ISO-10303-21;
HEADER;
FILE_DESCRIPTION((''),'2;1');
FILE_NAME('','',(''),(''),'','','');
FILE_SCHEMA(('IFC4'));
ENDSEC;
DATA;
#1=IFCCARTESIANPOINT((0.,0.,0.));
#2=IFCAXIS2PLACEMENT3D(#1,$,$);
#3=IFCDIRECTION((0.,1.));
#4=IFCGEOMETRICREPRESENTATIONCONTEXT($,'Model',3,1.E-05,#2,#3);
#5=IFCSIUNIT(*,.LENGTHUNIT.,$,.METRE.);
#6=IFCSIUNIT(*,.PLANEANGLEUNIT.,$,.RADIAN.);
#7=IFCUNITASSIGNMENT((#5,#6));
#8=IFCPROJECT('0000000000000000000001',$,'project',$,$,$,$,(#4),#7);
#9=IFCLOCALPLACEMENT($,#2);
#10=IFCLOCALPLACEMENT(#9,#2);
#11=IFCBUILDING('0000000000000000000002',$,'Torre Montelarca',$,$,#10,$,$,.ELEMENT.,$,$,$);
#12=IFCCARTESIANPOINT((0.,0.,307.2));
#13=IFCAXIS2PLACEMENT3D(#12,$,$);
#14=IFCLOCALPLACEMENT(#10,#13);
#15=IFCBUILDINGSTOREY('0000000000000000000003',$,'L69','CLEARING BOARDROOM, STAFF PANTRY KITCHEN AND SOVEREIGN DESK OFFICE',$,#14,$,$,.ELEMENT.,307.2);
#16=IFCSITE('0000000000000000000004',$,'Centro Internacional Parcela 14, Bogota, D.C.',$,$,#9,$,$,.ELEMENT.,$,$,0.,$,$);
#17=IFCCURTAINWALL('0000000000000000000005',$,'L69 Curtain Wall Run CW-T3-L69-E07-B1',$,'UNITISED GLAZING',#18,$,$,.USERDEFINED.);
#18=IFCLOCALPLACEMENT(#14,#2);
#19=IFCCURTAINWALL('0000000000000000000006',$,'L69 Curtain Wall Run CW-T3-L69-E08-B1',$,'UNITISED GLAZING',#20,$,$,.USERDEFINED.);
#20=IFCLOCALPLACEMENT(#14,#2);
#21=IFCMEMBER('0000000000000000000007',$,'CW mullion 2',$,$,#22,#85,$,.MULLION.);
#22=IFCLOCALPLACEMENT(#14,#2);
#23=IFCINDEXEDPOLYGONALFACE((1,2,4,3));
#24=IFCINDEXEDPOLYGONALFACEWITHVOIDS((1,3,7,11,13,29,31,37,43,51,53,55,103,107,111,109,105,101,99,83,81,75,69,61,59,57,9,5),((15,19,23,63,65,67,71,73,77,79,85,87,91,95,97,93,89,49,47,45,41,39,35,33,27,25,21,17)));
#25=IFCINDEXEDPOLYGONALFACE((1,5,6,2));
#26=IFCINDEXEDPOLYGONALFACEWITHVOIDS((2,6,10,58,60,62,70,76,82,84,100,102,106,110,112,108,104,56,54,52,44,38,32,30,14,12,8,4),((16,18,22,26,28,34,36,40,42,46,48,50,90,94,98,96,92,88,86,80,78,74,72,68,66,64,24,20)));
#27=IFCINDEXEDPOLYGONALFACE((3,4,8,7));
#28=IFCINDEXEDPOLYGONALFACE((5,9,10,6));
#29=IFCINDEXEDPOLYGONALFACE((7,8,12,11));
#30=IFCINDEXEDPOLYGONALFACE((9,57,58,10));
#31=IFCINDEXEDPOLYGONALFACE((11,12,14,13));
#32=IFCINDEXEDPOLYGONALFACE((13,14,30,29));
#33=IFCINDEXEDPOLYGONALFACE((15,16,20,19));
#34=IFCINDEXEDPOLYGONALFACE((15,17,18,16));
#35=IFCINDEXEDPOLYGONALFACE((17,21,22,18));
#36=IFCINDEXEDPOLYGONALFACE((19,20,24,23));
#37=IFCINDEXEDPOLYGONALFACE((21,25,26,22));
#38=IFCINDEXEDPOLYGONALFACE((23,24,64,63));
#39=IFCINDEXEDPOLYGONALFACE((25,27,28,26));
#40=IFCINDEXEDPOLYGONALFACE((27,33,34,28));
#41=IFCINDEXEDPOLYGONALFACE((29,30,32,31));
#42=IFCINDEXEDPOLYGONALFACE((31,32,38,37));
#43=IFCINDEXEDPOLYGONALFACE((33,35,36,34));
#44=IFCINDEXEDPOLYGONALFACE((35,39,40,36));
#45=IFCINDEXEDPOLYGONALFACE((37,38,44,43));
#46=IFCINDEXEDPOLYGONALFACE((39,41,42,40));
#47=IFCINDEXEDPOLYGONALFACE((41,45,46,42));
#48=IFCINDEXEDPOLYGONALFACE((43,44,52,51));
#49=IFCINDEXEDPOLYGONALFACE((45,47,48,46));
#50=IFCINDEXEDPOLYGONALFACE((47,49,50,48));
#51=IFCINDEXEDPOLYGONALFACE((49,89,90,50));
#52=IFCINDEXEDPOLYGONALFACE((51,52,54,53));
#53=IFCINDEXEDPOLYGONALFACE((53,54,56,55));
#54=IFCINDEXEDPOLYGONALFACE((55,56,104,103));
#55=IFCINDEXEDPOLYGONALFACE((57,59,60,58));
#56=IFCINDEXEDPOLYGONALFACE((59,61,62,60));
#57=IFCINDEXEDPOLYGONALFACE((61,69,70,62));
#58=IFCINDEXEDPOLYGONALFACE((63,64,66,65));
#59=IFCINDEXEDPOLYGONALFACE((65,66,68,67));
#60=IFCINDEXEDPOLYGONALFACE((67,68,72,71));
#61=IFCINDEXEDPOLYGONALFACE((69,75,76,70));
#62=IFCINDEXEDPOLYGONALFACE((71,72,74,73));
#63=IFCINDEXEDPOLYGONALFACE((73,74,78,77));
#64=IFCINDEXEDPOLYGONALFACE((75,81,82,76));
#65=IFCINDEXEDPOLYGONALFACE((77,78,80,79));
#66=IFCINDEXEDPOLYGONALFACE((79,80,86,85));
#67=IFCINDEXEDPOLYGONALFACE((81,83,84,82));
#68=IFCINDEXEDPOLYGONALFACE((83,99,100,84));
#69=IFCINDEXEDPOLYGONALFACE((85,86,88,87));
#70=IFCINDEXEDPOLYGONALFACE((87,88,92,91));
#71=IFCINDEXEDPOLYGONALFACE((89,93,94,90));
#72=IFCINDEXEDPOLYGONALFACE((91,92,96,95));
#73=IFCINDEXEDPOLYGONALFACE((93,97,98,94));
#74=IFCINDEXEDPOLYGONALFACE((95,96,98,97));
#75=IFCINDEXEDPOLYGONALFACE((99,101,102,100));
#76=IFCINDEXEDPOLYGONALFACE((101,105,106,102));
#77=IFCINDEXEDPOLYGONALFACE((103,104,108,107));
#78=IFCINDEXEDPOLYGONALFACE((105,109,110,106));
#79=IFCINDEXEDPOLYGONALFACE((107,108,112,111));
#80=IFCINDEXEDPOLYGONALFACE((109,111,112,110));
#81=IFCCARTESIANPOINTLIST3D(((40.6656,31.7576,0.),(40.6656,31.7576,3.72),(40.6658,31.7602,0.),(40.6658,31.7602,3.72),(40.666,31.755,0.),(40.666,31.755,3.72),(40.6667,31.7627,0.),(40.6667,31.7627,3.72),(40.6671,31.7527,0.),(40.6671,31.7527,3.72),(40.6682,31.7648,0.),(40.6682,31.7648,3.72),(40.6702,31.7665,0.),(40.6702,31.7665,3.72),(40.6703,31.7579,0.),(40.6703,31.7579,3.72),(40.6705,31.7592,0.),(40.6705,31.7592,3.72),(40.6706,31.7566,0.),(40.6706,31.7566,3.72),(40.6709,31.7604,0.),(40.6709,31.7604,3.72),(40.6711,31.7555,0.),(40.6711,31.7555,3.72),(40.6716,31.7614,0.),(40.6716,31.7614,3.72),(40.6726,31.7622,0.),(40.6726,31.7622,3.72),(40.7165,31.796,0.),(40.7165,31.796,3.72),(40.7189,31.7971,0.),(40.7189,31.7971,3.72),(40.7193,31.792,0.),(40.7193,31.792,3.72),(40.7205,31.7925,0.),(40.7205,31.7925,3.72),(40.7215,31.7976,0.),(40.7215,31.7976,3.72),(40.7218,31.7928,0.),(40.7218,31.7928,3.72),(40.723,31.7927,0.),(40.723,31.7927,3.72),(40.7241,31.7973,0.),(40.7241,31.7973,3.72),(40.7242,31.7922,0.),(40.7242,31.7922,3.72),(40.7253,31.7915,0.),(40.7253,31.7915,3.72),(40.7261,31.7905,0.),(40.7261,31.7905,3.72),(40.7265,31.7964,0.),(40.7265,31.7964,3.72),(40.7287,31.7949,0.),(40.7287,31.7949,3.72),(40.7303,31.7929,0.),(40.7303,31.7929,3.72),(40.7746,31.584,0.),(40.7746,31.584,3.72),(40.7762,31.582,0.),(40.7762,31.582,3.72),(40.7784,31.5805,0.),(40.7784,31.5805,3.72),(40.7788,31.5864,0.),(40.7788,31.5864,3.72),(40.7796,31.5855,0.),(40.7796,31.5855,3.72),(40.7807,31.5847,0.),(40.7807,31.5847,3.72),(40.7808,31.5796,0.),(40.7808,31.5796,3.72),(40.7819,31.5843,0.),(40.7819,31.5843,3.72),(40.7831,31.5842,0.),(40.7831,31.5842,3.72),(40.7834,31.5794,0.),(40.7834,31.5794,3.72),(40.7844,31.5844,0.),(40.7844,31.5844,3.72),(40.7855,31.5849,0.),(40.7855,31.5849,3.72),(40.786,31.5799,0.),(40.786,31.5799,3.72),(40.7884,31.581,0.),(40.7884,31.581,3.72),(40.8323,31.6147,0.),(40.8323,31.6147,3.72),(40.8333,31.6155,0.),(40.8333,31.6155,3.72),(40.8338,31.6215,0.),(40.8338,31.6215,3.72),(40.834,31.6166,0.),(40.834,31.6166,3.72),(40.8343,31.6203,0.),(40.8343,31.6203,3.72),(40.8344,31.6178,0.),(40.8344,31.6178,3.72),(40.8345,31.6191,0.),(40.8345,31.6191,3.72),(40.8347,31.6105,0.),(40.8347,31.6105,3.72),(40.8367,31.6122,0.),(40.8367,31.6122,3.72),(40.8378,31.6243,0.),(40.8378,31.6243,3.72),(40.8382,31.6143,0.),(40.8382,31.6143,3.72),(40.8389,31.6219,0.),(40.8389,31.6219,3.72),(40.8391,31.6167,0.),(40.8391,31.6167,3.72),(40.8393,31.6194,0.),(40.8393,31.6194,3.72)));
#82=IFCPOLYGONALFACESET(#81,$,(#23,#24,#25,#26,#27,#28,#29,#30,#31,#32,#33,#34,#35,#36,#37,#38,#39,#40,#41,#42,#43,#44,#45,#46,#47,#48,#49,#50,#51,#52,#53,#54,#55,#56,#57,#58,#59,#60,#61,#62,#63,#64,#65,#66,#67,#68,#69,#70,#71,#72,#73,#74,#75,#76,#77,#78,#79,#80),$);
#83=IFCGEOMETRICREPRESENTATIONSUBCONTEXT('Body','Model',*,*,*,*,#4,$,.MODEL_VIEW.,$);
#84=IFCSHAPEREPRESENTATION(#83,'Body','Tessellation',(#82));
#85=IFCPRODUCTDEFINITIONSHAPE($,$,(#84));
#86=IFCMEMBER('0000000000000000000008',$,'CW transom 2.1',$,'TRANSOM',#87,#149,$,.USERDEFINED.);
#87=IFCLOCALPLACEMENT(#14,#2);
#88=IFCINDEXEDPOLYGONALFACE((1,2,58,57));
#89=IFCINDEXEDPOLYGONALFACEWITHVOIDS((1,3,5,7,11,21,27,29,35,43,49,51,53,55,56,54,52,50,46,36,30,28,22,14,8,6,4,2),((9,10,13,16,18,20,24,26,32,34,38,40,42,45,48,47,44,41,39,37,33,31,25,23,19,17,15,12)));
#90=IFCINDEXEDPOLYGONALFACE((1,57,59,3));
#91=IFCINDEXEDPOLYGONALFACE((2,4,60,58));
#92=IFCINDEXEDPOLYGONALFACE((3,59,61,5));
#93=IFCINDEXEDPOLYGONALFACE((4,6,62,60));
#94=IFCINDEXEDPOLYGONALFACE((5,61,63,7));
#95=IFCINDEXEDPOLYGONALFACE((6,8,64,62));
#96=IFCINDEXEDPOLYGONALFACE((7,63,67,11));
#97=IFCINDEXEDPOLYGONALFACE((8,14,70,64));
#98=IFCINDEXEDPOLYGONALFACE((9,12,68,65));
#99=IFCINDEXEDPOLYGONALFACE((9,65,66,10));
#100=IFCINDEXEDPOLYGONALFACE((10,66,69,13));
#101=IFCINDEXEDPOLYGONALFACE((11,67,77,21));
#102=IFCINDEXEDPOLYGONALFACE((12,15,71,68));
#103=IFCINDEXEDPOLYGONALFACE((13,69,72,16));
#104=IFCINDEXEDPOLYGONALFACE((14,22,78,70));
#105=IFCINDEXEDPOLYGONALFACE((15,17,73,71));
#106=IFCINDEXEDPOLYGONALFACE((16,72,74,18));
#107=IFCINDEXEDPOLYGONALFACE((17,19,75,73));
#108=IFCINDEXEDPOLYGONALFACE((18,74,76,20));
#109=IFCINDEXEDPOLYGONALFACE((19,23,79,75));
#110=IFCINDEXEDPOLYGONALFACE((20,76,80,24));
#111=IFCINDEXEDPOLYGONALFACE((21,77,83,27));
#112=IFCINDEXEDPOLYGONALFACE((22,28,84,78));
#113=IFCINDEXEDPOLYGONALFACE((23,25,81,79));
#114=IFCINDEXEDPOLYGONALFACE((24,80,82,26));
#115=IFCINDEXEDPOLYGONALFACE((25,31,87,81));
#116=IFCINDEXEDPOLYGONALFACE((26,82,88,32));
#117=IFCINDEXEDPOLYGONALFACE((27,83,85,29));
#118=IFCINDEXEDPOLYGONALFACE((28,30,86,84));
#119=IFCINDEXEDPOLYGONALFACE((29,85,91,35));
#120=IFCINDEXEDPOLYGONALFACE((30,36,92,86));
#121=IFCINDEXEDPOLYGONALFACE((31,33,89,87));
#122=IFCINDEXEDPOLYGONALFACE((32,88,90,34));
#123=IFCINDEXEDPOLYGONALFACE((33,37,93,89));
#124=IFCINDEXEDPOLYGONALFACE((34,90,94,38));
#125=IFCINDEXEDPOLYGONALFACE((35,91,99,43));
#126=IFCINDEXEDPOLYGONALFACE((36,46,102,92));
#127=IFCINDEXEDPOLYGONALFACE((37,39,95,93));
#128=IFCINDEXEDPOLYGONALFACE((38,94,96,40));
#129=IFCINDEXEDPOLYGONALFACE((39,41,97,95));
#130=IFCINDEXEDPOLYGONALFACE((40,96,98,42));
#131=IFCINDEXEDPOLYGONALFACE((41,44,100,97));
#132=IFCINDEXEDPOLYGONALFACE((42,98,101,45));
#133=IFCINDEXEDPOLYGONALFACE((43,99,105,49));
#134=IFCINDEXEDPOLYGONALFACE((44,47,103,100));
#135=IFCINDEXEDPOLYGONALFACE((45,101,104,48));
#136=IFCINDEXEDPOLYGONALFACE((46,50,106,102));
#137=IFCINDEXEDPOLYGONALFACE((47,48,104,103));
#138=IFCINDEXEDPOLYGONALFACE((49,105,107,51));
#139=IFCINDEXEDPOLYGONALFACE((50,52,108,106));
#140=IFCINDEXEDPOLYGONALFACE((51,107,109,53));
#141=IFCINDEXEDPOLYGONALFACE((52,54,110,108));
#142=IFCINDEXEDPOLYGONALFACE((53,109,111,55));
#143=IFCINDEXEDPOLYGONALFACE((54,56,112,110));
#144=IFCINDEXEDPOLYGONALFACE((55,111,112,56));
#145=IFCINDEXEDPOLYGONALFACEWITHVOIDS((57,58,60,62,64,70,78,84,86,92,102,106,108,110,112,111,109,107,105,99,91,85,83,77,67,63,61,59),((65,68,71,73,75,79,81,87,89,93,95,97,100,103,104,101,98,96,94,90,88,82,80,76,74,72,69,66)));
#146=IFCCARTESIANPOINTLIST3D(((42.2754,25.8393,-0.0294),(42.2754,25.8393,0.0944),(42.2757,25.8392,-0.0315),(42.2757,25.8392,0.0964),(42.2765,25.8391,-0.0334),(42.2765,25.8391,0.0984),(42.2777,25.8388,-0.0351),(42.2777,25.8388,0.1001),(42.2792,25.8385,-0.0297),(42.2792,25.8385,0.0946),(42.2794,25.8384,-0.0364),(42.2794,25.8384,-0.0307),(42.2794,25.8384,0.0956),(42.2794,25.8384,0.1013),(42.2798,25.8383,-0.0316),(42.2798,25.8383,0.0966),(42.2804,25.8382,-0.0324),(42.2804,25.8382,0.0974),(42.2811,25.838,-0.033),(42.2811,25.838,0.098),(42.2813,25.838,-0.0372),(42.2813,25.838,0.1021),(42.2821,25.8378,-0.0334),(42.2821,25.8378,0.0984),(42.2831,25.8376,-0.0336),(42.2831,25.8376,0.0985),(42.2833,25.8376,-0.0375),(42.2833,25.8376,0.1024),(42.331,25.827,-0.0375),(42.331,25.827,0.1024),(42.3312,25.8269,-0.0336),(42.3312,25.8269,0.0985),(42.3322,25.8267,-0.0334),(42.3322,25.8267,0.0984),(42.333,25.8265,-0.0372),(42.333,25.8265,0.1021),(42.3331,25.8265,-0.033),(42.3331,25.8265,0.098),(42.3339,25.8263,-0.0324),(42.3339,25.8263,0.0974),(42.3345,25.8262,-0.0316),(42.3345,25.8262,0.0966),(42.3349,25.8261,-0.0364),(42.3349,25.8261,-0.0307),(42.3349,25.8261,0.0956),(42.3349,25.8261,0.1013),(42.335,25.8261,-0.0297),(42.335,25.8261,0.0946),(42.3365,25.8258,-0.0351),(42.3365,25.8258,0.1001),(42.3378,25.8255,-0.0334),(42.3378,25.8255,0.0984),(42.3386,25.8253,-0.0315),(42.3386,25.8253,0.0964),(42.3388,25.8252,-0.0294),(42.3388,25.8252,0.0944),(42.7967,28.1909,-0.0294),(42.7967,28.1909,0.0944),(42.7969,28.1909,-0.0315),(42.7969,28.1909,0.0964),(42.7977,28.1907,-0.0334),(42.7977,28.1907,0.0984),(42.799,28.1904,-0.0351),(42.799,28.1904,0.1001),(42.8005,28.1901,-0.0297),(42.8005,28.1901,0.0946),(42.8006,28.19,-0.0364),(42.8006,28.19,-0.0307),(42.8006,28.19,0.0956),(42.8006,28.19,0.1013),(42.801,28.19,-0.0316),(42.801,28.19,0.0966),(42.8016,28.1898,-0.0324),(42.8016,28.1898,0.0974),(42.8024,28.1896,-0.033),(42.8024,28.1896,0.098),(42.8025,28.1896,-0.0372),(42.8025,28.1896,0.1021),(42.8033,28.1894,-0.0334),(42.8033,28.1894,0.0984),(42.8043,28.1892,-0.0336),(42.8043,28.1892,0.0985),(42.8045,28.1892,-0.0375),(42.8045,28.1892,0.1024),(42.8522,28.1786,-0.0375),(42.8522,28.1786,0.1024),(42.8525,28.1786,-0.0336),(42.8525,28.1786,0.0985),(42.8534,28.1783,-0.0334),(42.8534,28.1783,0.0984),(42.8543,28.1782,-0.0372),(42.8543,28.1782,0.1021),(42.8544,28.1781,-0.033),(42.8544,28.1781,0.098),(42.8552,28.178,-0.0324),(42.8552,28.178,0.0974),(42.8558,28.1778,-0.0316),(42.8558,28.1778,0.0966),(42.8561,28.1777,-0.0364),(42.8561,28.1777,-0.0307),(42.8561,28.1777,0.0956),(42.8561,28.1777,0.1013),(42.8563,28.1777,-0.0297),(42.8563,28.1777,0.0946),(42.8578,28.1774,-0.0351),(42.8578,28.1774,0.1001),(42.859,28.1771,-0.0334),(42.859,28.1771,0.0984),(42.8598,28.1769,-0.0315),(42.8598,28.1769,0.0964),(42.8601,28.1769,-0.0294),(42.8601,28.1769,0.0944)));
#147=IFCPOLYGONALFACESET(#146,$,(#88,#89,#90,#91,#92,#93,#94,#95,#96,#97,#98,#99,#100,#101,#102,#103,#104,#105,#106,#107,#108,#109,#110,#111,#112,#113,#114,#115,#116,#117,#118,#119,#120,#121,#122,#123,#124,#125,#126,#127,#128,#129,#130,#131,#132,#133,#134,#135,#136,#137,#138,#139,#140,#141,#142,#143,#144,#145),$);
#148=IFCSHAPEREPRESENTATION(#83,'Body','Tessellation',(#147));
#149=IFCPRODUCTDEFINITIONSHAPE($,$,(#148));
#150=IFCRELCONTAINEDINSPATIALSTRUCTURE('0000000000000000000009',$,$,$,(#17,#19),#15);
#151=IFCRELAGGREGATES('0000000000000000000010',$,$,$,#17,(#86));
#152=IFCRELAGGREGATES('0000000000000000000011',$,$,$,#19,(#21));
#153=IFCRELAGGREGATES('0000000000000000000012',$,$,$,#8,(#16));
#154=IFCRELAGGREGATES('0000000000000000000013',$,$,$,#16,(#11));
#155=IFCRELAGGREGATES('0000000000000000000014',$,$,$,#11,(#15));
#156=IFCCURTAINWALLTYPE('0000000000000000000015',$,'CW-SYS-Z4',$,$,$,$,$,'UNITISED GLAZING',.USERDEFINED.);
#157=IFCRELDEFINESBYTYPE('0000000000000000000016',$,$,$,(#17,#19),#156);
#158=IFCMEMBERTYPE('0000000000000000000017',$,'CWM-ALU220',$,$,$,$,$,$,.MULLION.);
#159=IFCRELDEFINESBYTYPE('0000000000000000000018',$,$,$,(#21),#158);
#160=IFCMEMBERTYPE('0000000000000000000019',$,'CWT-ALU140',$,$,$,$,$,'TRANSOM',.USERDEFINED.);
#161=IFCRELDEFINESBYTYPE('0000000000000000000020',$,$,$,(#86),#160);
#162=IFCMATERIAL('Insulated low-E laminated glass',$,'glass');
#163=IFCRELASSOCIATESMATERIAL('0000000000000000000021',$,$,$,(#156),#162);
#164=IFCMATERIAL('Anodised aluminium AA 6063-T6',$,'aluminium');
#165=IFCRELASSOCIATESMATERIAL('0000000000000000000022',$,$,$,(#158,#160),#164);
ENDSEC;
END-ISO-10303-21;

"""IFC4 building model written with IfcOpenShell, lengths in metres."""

from ifc_helpers import new_model, si_unit, direction, frame, origin, origin_2d, place, context, subcontext, project, spatial, hollow_rectangle, extrude, source, transform, mapped, material, material_profile, profile_set, type_object, element, aggregate, save


model = new_model("IFC4")

# Units and contexts
model_context = context("Model", 3, precision=1e-05, world=origin(), true_north=direction((0.0, 1.0)))
body_context = subcontext(model_context, "Body", "Model", "MODEL_VIEW")
ifc_project = project(units=[si_unit("LENGTHUNIT", "METRE"), si_unit("PLANEANGLEUNIT", "RADIAN")], contexts=[model_context])

# Site, building, storey
site_placement = place(None, origin())
site = spatial("IfcSite", under=ifc_project, at=site_placement, Name="Centro Internacional Parcela 14, Bogota, D.C.", CompositionType="ELEMENT", RefElevation=0.0)
building_placement = place(site_placement, origin())
building = spatial("IfcBuilding", under=site, at=building_placement, Name="Torre Montelarca", CompositionType="ELEMENT")
storey_placement = place(building_placement, frame((0.0, 0.0, 307.2)))
storey = spatial("IfcBuildingStorey", under=building, at=storey_placement, Name="L69", Description="CLEARING BOARDROOM, STAFF PANTRY KITCHEN AND SOVEREIGN DESK OFFICE", CompositionType="ELEMENT", Elevation=307.2)

# Curtain walls, member
ifc_material_1 = material(Name="Insulated low-E laminated glass", Category="glass")
curtain_wall_type = type_object("IfcCurtainWallType", Name="CW-SYS-Z4", ElementType="UNITISED GLAZING", PredefinedType="USERDEFINED", material=ifc_material_1)
ifc_material_2 = material(Name="Anodised aluminium AA 6063-T6", Category="aluminium")
ifc_material_profile_1 = material_profile(ifc_material_2, hollow_rectangle(XDim=0.075, YDim=0.22, WallThickness=0.0049, InnerFilletRadius=0.0049, OuterFilletRadius=0.01, at=origin_2d()), Name="ALU75X220X5", Category="aluminium")
ifc_profile_set_1 = profile_set([ifc_material_profile_1], Name="Anodised aluminium AA 6063-T6")
member_type_1 = type_object("IfcMemberType", Name="CWM-ALU220", PredefinedType="MULLION", material=ifc_profile_set_1)
shared_shape_1 = source(origin(), body_context, "Body", "SweptSolid", [
    extrude(hollow_rectangle(XDim=0.075, YDim=0.22, WallThickness=0.0049, InnerFilletRadius=0.0049, OuterFilletRadius=0.01, at=origin_2d()), origin(), (0.0, 0.0, 1.0), 3.72),
])
curtain_wall_1_placement = place(storey_placement, origin())
curtain_wall_1 = element("IfcCurtainWall", 1, at=curtain_wall_1_placement, inside=storey, type_object=curtain_wall_type, Name="L69 Curtain Wall Run CW-T3-L69-E07-B1", ObjectType="UNITISED GLAZING", PredefinedType="USERDEFINED")
curtain_wall_2_placement = place(storey_placement, origin())
curtain_wall_2 = element("IfcCurtainWall", 2, at=curtain_wall_2_placement, inside=storey, type_object=curtain_wall_type, Name="L69 Curtain Wall Run CW-T3-L69-E08-B1", ObjectType="UNITISED GLAZING", PredefinedType="USERDEFINED")
member_1_placement = place(storey_placement, frame((40.7524, 31.6885, 0.0), z_axis=(0.0, 0.0, 1.0), x_axis=(-0.843392, -0.537299, 0.0)))
member_1 = element("IfcMember", 3, at=member_1_placement, type_object=member_type_1, Name="CW mullion 2", PredefinedType="MULLION", context=body_context, shape_type="MappedRepresentation", body=[
    mapped(shared_shape_1, transform((0.0, 0.0, 0.0), scale=1.0)),
])

# Member
ifc_material_profile_2 = material_profile(ifc_material_2, hollow_rectangle(XDim=0.0649, YDim=0.1399, WallThickness=0.0039, InnerFilletRadius=0.0039, OuterFilletRadius=0.0081, at=origin_2d()), Name="ALU65X140X4", Category="aluminium")
ifc_profile_set_2 = profile_set([ifc_material_profile_2], Name="Anodised aluminium AA 6063-T6")
member_type_2 = type_object("IfcMemberType", Name="CWT-ALU140", ElementType="TRANSOM", PredefinedType="USERDEFINED", material=ifc_profile_set_2)
shared_shape_2 = source(origin(), body_context, "Body", "SweptSolid", [
    extrude(hollow_rectangle(XDim=0.0649, YDim=0.1399, WallThickness=0.0039, InnerFilletRadius=0.0039, OuterFilletRadius=0.0081, at=origin_2d()), origin(), (0.0, 0.0, 1.0), 2.4087),
])
member_2_placement = place(storey_placement, frame((42.3071, 25.8323, 0.0325), z_axis=(0.216405, 0.976304, 0.0), x_axis=(-0.976304, 0.216405, 0.0)))
member_2 = element("IfcMember", 4, at=member_2_placement, type_object=member_type_2, Name="CW transom 2.1", ObjectType="TRANSOM", PredefinedType="USERDEFINED", context=body_context, shape_type="MappedRepresentation", body=[
    mapped(shared_shape_2, transform((0.0, 0.0, 0.0), scale=1.0)),
])

aggregate(curtain_wall_1, [member_2])
aggregate(curtain_wall_2, [member_1])

save(model, "model.ifc")
